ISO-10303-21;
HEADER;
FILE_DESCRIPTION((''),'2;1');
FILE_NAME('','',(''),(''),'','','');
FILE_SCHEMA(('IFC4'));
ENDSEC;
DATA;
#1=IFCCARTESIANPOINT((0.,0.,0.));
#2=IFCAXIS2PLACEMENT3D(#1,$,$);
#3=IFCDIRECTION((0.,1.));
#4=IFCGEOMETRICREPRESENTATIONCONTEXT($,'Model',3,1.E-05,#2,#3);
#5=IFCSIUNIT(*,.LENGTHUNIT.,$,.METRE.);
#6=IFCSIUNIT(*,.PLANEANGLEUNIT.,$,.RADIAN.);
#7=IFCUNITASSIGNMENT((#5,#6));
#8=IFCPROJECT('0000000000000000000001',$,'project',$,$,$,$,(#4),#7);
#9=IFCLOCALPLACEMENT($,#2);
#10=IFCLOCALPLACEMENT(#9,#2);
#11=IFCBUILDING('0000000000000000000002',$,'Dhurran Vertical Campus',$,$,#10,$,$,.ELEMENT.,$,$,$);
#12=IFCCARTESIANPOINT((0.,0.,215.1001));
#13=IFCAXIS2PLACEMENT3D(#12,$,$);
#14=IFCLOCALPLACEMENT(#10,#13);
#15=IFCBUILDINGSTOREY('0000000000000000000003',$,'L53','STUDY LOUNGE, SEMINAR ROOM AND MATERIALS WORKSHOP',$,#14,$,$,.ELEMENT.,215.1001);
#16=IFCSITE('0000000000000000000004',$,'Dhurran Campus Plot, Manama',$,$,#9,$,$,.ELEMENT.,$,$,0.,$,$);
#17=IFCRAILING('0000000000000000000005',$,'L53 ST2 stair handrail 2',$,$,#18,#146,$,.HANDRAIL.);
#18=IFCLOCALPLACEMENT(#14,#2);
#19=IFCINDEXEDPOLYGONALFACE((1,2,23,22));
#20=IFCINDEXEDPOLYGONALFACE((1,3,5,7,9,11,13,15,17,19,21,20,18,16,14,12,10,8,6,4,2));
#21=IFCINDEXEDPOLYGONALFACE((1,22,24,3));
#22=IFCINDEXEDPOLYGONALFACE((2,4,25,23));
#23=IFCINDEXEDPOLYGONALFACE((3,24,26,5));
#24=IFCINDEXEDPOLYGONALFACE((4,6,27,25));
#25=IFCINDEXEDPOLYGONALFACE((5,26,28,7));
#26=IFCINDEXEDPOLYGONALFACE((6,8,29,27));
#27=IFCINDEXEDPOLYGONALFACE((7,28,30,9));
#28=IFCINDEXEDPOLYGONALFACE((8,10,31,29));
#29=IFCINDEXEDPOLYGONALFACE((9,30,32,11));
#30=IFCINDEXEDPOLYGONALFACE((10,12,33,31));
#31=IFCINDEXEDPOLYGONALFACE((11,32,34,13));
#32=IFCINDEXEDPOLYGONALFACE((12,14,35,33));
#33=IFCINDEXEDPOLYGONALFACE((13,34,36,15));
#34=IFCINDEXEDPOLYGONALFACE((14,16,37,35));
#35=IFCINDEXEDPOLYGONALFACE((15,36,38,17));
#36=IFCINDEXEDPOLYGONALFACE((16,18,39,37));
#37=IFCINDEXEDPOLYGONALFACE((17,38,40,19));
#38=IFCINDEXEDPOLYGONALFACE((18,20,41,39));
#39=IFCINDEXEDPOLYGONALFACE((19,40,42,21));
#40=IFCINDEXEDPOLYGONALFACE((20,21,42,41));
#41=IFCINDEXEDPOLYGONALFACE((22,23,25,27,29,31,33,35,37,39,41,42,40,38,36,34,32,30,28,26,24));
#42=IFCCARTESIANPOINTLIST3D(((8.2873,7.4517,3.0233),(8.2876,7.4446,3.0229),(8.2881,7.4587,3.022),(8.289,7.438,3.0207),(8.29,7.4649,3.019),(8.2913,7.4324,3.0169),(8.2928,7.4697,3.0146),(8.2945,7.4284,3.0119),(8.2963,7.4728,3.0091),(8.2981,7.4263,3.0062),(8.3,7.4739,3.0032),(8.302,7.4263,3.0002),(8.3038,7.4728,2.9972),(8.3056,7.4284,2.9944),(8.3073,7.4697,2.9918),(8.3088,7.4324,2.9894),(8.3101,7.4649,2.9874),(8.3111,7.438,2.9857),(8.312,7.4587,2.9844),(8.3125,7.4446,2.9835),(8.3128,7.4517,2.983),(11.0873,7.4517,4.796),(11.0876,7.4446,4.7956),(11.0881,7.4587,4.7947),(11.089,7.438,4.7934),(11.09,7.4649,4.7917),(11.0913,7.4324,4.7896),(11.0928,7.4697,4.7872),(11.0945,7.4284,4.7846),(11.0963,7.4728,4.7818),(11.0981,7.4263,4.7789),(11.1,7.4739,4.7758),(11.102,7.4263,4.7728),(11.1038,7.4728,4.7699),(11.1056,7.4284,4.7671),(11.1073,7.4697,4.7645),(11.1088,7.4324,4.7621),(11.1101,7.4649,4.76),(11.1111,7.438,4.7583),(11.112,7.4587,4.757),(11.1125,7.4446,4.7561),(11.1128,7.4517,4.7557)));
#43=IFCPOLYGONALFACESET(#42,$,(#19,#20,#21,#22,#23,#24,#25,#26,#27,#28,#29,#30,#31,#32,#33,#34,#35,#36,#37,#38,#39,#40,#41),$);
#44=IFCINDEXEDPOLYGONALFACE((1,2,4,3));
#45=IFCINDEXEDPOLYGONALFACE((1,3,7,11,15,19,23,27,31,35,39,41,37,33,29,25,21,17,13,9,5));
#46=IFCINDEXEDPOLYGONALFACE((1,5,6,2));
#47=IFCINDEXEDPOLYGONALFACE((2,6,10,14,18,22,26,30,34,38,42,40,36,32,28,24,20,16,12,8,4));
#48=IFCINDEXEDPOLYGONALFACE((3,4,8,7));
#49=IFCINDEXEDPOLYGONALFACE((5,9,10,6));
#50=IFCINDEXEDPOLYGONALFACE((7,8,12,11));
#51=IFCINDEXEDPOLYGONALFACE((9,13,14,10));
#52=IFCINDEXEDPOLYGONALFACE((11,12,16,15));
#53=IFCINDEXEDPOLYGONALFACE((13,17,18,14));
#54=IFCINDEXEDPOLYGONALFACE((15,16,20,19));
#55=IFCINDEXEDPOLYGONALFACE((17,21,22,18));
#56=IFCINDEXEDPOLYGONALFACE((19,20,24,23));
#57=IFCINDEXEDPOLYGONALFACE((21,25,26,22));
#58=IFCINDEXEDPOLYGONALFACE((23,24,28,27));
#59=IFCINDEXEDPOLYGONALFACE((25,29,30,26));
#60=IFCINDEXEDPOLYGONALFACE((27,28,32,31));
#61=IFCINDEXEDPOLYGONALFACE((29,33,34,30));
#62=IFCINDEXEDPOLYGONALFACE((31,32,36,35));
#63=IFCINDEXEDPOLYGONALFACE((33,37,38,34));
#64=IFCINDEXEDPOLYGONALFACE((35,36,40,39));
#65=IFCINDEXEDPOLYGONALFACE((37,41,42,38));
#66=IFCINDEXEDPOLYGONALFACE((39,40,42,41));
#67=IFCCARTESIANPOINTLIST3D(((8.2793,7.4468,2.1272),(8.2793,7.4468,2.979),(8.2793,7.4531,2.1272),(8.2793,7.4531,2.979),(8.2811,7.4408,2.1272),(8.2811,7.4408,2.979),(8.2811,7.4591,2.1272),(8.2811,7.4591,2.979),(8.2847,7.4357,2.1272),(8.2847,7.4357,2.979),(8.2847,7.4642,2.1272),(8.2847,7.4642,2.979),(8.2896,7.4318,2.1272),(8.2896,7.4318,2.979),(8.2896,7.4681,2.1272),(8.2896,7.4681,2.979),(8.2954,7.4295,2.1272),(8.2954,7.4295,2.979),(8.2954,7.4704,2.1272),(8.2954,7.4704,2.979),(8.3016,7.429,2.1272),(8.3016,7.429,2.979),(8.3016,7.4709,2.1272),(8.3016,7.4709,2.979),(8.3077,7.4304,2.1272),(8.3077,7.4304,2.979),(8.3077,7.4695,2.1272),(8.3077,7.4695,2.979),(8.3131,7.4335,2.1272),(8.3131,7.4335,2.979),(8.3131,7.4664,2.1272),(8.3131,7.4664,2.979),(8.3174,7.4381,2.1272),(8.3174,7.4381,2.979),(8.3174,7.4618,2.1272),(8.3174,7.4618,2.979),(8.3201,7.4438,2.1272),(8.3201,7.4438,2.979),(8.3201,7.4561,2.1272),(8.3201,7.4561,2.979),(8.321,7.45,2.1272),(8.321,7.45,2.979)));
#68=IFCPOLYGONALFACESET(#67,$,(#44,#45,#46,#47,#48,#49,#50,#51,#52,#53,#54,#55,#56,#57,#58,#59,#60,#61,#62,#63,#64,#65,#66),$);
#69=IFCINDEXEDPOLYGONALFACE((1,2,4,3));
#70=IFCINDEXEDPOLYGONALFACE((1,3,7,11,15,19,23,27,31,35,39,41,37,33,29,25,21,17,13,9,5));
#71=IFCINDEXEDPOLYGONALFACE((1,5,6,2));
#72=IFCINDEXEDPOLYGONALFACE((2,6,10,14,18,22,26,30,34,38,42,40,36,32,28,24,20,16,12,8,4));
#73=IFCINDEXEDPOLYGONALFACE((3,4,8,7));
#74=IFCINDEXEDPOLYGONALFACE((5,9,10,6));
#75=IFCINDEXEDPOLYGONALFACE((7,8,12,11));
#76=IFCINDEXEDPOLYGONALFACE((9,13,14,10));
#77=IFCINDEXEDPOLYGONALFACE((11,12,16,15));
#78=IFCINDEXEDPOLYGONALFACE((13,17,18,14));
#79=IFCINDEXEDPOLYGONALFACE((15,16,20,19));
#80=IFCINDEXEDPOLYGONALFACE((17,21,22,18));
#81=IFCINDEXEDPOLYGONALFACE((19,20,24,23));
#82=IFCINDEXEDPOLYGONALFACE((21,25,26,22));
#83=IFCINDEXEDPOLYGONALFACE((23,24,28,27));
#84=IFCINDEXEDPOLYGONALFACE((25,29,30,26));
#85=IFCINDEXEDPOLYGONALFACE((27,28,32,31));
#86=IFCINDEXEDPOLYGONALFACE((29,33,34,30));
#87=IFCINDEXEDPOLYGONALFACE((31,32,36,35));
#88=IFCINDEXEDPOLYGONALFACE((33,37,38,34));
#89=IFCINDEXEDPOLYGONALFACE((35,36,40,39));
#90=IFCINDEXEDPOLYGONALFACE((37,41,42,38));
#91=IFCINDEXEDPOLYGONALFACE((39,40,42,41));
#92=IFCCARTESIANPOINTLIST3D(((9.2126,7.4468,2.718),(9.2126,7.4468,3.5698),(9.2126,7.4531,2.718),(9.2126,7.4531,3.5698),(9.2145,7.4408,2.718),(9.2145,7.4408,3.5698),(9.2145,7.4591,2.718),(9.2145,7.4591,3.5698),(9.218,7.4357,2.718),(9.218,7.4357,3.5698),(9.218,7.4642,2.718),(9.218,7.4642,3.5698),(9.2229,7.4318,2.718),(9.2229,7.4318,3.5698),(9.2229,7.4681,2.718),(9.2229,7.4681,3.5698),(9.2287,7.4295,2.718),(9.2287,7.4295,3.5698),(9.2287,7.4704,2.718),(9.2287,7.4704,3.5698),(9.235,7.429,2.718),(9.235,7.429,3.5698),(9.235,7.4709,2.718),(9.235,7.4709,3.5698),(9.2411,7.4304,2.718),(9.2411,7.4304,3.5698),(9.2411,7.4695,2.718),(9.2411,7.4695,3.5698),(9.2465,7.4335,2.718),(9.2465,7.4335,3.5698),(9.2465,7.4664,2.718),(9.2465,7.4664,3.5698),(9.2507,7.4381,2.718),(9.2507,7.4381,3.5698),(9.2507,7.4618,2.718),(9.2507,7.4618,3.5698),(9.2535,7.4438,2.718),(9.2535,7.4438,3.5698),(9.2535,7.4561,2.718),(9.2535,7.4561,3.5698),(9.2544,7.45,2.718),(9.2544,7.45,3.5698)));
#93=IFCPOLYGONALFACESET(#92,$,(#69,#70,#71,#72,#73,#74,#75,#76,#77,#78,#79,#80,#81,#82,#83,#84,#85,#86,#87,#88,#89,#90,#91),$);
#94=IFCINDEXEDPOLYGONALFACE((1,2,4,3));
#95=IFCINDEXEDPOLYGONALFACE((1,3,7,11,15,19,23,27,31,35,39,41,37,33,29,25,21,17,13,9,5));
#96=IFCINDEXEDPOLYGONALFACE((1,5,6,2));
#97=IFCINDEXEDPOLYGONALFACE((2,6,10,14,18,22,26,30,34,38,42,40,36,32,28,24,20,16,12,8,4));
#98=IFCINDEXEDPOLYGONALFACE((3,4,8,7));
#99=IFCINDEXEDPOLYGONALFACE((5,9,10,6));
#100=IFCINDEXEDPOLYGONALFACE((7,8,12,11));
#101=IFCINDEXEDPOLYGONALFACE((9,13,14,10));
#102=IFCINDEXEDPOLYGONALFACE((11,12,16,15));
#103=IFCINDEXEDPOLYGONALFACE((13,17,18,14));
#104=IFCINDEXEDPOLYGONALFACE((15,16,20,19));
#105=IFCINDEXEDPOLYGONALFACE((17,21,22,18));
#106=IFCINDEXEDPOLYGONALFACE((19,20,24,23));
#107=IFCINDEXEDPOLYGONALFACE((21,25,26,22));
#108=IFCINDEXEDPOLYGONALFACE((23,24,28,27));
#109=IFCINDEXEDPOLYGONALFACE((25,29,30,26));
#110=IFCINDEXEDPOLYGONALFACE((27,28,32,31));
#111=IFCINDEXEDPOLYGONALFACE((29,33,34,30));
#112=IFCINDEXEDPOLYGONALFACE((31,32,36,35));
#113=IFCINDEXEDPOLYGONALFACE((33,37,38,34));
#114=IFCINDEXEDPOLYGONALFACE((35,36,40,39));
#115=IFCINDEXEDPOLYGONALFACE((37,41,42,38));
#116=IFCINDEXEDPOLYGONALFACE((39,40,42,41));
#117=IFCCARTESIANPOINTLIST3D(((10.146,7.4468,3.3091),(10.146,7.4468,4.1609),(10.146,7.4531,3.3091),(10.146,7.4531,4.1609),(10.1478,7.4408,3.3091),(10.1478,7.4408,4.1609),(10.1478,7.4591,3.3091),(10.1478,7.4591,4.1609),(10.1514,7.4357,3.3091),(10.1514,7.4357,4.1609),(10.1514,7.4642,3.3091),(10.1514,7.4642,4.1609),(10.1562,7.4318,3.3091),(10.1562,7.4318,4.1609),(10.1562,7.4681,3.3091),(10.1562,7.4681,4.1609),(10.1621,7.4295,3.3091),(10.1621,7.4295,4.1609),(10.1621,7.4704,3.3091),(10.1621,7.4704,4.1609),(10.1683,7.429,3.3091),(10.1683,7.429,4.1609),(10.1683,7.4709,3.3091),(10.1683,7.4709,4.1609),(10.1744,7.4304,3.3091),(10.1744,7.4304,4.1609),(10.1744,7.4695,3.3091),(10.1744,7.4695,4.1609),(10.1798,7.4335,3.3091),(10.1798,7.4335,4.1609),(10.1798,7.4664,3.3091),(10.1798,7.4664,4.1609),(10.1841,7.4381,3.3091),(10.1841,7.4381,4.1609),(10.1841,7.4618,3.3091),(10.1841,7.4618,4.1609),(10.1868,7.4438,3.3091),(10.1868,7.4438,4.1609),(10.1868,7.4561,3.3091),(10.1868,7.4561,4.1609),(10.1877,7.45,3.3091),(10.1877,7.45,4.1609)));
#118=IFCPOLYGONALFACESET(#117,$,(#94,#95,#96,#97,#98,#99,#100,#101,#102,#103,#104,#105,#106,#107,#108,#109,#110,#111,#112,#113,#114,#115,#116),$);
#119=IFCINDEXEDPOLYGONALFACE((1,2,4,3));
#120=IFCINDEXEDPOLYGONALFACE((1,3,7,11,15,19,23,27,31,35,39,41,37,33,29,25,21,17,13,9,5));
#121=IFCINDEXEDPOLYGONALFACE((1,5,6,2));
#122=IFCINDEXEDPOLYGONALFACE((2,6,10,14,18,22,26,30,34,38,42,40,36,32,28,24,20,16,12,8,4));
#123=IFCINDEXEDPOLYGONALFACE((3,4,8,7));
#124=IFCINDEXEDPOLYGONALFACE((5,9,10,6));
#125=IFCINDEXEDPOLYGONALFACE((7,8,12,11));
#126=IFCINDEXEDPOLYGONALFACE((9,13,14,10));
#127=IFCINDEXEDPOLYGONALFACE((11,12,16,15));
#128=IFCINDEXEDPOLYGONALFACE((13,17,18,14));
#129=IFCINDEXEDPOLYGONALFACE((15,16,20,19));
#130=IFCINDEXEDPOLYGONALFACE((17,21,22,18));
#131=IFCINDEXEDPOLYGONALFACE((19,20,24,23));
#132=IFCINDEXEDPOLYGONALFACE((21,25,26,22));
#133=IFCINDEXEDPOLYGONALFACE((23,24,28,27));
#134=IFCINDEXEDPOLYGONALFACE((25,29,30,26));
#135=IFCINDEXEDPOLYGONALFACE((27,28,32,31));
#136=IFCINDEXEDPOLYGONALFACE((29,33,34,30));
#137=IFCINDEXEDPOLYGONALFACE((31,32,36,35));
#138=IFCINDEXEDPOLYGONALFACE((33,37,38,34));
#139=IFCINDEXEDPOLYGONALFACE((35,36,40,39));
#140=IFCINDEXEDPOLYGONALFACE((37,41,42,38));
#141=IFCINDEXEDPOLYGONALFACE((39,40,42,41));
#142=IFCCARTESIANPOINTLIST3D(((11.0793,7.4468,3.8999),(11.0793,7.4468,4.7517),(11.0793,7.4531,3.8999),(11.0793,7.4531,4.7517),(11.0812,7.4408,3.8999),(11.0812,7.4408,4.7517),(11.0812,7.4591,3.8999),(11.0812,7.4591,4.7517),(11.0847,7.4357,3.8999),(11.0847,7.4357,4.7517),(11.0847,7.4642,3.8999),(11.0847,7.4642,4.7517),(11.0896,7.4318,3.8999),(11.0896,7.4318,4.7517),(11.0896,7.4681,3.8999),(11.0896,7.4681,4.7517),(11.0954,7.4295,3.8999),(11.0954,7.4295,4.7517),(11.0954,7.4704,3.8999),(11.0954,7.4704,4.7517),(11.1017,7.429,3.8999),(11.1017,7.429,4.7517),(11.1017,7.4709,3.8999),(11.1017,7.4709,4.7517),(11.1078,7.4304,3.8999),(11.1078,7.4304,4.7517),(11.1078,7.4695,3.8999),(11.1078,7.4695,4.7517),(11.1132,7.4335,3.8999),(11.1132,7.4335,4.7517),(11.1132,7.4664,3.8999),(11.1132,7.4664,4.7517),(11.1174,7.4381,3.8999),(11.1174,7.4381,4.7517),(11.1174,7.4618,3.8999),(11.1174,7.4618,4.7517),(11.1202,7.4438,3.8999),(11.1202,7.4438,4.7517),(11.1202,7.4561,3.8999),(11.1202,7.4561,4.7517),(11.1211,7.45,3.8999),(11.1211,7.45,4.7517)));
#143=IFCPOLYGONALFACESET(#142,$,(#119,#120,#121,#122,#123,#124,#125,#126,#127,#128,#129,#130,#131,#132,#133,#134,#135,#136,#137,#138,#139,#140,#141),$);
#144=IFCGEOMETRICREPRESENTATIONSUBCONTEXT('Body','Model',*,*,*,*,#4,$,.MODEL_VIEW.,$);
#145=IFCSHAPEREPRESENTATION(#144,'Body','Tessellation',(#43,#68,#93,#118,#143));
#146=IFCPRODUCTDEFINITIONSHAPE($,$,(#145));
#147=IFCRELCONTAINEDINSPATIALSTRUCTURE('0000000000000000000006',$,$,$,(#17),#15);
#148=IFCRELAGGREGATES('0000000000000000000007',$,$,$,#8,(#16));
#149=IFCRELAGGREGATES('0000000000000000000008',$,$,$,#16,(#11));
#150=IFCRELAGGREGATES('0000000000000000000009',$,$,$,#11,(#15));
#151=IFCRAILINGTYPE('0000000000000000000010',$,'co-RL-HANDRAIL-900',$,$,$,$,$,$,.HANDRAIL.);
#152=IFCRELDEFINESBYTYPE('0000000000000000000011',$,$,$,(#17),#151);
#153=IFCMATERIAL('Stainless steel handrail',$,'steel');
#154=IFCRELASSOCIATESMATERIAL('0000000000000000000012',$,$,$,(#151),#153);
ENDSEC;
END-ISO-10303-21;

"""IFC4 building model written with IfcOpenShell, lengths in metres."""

from ifc_helpers import new_model, si_unit, direction, frame, origin, origin_2d, place, context, subcontext, project, spatial, circle, extrude, material, type_object, element, save


model = new_model("IFC4")

# Units and contexts
model_context = context("Model", 3, precision=1e-05, world=origin(), true_north=direction((0.0, 1.0)))
body_context = subcontext(model_context, "Body", "Model", "MODEL_VIEW")
ifc_project = project(units=[si_unit("LENGTHUNIT", "METRE"), si_unit("PLANEANGLEUNIT", "RADIAN")], contexts=[model_context])

# Site, building, storey
site_placement = place(None, origin())
site = spatial("IfcSite", under=ifc_project, at=site_placement, Name="Dhurran Campus Plot, Manama", CompositionType="ELEMENT", RefElevation=0.0)
building_placement = place(site_placement, origin())
building = spatial("IfcBuilding", under=site, at=building_placement, Name="Dhurran Vertical Campus", CompositionType="ELEMENT")
storey_placement = place(building_placement, frame((0.0, 0.0, 215.1001)))
storey = spatial("IfcBuildingStorey", under=building, at=storey_placement, Name="L53", Description="STUDY LOUNGE, SEMINAR ROOM AND MATERIALS WORKSHOP", CompositionType="ELEMENT", Elevation=215.1001)

# Railing
ifc_material_1 = material(Name="Stainless steel handrail", Category="steel")
railing_type_1 = type_object("IfcRailingType", Name="co-RL-HANDRAIL-900", PredefinedType="HANDRAIL", material=ifc_material_1)
railing_1_placement = place(storey_placement, frame((8.3, 7.45, 2.1272)))
element("IfcRailing", 1, at=railing_1_placement, inside=storey, type_object=railing_type_1, Name="L53 ST2 stair handrail 2", PredefinedType="HANDRAIL", context=body_context, shape_type="SweptSolid", body=[
    extrude(circle(Radius=0.0239, at=origin_2d()), frame((0.0, 0.0, 0.876), z_axis=(0.844909, 0.0, 0.53491), x_axis=(0.0, 1.0, 0.0)), (0.0, 0.0, 1.0), 3.314),
    extrude(circle(Radius=0.021, at=origin_2d()), origin(), (0.0, 0.0, 1.0), 0.8518),
    extrude(circle(Radius=0.021, at=origin_2d()), frame((0.9333, 0.0, 0.5908)), (0.0, 0.0, 1.0), 0.8518),
    extrude(circle(Radius=0.021, at=origin_2d()), frame((1.8667, 0.0, 1.1819)), (0.0, 0.0, 1.0), 0.8518),
    extrude(circle(Radius=0.021, at=origin_2d()), frame((2.8, 0.0, 1.7727)), (0.0, 0.0, 1.0), 0.8518),
])

save(model, "model.ifc")
